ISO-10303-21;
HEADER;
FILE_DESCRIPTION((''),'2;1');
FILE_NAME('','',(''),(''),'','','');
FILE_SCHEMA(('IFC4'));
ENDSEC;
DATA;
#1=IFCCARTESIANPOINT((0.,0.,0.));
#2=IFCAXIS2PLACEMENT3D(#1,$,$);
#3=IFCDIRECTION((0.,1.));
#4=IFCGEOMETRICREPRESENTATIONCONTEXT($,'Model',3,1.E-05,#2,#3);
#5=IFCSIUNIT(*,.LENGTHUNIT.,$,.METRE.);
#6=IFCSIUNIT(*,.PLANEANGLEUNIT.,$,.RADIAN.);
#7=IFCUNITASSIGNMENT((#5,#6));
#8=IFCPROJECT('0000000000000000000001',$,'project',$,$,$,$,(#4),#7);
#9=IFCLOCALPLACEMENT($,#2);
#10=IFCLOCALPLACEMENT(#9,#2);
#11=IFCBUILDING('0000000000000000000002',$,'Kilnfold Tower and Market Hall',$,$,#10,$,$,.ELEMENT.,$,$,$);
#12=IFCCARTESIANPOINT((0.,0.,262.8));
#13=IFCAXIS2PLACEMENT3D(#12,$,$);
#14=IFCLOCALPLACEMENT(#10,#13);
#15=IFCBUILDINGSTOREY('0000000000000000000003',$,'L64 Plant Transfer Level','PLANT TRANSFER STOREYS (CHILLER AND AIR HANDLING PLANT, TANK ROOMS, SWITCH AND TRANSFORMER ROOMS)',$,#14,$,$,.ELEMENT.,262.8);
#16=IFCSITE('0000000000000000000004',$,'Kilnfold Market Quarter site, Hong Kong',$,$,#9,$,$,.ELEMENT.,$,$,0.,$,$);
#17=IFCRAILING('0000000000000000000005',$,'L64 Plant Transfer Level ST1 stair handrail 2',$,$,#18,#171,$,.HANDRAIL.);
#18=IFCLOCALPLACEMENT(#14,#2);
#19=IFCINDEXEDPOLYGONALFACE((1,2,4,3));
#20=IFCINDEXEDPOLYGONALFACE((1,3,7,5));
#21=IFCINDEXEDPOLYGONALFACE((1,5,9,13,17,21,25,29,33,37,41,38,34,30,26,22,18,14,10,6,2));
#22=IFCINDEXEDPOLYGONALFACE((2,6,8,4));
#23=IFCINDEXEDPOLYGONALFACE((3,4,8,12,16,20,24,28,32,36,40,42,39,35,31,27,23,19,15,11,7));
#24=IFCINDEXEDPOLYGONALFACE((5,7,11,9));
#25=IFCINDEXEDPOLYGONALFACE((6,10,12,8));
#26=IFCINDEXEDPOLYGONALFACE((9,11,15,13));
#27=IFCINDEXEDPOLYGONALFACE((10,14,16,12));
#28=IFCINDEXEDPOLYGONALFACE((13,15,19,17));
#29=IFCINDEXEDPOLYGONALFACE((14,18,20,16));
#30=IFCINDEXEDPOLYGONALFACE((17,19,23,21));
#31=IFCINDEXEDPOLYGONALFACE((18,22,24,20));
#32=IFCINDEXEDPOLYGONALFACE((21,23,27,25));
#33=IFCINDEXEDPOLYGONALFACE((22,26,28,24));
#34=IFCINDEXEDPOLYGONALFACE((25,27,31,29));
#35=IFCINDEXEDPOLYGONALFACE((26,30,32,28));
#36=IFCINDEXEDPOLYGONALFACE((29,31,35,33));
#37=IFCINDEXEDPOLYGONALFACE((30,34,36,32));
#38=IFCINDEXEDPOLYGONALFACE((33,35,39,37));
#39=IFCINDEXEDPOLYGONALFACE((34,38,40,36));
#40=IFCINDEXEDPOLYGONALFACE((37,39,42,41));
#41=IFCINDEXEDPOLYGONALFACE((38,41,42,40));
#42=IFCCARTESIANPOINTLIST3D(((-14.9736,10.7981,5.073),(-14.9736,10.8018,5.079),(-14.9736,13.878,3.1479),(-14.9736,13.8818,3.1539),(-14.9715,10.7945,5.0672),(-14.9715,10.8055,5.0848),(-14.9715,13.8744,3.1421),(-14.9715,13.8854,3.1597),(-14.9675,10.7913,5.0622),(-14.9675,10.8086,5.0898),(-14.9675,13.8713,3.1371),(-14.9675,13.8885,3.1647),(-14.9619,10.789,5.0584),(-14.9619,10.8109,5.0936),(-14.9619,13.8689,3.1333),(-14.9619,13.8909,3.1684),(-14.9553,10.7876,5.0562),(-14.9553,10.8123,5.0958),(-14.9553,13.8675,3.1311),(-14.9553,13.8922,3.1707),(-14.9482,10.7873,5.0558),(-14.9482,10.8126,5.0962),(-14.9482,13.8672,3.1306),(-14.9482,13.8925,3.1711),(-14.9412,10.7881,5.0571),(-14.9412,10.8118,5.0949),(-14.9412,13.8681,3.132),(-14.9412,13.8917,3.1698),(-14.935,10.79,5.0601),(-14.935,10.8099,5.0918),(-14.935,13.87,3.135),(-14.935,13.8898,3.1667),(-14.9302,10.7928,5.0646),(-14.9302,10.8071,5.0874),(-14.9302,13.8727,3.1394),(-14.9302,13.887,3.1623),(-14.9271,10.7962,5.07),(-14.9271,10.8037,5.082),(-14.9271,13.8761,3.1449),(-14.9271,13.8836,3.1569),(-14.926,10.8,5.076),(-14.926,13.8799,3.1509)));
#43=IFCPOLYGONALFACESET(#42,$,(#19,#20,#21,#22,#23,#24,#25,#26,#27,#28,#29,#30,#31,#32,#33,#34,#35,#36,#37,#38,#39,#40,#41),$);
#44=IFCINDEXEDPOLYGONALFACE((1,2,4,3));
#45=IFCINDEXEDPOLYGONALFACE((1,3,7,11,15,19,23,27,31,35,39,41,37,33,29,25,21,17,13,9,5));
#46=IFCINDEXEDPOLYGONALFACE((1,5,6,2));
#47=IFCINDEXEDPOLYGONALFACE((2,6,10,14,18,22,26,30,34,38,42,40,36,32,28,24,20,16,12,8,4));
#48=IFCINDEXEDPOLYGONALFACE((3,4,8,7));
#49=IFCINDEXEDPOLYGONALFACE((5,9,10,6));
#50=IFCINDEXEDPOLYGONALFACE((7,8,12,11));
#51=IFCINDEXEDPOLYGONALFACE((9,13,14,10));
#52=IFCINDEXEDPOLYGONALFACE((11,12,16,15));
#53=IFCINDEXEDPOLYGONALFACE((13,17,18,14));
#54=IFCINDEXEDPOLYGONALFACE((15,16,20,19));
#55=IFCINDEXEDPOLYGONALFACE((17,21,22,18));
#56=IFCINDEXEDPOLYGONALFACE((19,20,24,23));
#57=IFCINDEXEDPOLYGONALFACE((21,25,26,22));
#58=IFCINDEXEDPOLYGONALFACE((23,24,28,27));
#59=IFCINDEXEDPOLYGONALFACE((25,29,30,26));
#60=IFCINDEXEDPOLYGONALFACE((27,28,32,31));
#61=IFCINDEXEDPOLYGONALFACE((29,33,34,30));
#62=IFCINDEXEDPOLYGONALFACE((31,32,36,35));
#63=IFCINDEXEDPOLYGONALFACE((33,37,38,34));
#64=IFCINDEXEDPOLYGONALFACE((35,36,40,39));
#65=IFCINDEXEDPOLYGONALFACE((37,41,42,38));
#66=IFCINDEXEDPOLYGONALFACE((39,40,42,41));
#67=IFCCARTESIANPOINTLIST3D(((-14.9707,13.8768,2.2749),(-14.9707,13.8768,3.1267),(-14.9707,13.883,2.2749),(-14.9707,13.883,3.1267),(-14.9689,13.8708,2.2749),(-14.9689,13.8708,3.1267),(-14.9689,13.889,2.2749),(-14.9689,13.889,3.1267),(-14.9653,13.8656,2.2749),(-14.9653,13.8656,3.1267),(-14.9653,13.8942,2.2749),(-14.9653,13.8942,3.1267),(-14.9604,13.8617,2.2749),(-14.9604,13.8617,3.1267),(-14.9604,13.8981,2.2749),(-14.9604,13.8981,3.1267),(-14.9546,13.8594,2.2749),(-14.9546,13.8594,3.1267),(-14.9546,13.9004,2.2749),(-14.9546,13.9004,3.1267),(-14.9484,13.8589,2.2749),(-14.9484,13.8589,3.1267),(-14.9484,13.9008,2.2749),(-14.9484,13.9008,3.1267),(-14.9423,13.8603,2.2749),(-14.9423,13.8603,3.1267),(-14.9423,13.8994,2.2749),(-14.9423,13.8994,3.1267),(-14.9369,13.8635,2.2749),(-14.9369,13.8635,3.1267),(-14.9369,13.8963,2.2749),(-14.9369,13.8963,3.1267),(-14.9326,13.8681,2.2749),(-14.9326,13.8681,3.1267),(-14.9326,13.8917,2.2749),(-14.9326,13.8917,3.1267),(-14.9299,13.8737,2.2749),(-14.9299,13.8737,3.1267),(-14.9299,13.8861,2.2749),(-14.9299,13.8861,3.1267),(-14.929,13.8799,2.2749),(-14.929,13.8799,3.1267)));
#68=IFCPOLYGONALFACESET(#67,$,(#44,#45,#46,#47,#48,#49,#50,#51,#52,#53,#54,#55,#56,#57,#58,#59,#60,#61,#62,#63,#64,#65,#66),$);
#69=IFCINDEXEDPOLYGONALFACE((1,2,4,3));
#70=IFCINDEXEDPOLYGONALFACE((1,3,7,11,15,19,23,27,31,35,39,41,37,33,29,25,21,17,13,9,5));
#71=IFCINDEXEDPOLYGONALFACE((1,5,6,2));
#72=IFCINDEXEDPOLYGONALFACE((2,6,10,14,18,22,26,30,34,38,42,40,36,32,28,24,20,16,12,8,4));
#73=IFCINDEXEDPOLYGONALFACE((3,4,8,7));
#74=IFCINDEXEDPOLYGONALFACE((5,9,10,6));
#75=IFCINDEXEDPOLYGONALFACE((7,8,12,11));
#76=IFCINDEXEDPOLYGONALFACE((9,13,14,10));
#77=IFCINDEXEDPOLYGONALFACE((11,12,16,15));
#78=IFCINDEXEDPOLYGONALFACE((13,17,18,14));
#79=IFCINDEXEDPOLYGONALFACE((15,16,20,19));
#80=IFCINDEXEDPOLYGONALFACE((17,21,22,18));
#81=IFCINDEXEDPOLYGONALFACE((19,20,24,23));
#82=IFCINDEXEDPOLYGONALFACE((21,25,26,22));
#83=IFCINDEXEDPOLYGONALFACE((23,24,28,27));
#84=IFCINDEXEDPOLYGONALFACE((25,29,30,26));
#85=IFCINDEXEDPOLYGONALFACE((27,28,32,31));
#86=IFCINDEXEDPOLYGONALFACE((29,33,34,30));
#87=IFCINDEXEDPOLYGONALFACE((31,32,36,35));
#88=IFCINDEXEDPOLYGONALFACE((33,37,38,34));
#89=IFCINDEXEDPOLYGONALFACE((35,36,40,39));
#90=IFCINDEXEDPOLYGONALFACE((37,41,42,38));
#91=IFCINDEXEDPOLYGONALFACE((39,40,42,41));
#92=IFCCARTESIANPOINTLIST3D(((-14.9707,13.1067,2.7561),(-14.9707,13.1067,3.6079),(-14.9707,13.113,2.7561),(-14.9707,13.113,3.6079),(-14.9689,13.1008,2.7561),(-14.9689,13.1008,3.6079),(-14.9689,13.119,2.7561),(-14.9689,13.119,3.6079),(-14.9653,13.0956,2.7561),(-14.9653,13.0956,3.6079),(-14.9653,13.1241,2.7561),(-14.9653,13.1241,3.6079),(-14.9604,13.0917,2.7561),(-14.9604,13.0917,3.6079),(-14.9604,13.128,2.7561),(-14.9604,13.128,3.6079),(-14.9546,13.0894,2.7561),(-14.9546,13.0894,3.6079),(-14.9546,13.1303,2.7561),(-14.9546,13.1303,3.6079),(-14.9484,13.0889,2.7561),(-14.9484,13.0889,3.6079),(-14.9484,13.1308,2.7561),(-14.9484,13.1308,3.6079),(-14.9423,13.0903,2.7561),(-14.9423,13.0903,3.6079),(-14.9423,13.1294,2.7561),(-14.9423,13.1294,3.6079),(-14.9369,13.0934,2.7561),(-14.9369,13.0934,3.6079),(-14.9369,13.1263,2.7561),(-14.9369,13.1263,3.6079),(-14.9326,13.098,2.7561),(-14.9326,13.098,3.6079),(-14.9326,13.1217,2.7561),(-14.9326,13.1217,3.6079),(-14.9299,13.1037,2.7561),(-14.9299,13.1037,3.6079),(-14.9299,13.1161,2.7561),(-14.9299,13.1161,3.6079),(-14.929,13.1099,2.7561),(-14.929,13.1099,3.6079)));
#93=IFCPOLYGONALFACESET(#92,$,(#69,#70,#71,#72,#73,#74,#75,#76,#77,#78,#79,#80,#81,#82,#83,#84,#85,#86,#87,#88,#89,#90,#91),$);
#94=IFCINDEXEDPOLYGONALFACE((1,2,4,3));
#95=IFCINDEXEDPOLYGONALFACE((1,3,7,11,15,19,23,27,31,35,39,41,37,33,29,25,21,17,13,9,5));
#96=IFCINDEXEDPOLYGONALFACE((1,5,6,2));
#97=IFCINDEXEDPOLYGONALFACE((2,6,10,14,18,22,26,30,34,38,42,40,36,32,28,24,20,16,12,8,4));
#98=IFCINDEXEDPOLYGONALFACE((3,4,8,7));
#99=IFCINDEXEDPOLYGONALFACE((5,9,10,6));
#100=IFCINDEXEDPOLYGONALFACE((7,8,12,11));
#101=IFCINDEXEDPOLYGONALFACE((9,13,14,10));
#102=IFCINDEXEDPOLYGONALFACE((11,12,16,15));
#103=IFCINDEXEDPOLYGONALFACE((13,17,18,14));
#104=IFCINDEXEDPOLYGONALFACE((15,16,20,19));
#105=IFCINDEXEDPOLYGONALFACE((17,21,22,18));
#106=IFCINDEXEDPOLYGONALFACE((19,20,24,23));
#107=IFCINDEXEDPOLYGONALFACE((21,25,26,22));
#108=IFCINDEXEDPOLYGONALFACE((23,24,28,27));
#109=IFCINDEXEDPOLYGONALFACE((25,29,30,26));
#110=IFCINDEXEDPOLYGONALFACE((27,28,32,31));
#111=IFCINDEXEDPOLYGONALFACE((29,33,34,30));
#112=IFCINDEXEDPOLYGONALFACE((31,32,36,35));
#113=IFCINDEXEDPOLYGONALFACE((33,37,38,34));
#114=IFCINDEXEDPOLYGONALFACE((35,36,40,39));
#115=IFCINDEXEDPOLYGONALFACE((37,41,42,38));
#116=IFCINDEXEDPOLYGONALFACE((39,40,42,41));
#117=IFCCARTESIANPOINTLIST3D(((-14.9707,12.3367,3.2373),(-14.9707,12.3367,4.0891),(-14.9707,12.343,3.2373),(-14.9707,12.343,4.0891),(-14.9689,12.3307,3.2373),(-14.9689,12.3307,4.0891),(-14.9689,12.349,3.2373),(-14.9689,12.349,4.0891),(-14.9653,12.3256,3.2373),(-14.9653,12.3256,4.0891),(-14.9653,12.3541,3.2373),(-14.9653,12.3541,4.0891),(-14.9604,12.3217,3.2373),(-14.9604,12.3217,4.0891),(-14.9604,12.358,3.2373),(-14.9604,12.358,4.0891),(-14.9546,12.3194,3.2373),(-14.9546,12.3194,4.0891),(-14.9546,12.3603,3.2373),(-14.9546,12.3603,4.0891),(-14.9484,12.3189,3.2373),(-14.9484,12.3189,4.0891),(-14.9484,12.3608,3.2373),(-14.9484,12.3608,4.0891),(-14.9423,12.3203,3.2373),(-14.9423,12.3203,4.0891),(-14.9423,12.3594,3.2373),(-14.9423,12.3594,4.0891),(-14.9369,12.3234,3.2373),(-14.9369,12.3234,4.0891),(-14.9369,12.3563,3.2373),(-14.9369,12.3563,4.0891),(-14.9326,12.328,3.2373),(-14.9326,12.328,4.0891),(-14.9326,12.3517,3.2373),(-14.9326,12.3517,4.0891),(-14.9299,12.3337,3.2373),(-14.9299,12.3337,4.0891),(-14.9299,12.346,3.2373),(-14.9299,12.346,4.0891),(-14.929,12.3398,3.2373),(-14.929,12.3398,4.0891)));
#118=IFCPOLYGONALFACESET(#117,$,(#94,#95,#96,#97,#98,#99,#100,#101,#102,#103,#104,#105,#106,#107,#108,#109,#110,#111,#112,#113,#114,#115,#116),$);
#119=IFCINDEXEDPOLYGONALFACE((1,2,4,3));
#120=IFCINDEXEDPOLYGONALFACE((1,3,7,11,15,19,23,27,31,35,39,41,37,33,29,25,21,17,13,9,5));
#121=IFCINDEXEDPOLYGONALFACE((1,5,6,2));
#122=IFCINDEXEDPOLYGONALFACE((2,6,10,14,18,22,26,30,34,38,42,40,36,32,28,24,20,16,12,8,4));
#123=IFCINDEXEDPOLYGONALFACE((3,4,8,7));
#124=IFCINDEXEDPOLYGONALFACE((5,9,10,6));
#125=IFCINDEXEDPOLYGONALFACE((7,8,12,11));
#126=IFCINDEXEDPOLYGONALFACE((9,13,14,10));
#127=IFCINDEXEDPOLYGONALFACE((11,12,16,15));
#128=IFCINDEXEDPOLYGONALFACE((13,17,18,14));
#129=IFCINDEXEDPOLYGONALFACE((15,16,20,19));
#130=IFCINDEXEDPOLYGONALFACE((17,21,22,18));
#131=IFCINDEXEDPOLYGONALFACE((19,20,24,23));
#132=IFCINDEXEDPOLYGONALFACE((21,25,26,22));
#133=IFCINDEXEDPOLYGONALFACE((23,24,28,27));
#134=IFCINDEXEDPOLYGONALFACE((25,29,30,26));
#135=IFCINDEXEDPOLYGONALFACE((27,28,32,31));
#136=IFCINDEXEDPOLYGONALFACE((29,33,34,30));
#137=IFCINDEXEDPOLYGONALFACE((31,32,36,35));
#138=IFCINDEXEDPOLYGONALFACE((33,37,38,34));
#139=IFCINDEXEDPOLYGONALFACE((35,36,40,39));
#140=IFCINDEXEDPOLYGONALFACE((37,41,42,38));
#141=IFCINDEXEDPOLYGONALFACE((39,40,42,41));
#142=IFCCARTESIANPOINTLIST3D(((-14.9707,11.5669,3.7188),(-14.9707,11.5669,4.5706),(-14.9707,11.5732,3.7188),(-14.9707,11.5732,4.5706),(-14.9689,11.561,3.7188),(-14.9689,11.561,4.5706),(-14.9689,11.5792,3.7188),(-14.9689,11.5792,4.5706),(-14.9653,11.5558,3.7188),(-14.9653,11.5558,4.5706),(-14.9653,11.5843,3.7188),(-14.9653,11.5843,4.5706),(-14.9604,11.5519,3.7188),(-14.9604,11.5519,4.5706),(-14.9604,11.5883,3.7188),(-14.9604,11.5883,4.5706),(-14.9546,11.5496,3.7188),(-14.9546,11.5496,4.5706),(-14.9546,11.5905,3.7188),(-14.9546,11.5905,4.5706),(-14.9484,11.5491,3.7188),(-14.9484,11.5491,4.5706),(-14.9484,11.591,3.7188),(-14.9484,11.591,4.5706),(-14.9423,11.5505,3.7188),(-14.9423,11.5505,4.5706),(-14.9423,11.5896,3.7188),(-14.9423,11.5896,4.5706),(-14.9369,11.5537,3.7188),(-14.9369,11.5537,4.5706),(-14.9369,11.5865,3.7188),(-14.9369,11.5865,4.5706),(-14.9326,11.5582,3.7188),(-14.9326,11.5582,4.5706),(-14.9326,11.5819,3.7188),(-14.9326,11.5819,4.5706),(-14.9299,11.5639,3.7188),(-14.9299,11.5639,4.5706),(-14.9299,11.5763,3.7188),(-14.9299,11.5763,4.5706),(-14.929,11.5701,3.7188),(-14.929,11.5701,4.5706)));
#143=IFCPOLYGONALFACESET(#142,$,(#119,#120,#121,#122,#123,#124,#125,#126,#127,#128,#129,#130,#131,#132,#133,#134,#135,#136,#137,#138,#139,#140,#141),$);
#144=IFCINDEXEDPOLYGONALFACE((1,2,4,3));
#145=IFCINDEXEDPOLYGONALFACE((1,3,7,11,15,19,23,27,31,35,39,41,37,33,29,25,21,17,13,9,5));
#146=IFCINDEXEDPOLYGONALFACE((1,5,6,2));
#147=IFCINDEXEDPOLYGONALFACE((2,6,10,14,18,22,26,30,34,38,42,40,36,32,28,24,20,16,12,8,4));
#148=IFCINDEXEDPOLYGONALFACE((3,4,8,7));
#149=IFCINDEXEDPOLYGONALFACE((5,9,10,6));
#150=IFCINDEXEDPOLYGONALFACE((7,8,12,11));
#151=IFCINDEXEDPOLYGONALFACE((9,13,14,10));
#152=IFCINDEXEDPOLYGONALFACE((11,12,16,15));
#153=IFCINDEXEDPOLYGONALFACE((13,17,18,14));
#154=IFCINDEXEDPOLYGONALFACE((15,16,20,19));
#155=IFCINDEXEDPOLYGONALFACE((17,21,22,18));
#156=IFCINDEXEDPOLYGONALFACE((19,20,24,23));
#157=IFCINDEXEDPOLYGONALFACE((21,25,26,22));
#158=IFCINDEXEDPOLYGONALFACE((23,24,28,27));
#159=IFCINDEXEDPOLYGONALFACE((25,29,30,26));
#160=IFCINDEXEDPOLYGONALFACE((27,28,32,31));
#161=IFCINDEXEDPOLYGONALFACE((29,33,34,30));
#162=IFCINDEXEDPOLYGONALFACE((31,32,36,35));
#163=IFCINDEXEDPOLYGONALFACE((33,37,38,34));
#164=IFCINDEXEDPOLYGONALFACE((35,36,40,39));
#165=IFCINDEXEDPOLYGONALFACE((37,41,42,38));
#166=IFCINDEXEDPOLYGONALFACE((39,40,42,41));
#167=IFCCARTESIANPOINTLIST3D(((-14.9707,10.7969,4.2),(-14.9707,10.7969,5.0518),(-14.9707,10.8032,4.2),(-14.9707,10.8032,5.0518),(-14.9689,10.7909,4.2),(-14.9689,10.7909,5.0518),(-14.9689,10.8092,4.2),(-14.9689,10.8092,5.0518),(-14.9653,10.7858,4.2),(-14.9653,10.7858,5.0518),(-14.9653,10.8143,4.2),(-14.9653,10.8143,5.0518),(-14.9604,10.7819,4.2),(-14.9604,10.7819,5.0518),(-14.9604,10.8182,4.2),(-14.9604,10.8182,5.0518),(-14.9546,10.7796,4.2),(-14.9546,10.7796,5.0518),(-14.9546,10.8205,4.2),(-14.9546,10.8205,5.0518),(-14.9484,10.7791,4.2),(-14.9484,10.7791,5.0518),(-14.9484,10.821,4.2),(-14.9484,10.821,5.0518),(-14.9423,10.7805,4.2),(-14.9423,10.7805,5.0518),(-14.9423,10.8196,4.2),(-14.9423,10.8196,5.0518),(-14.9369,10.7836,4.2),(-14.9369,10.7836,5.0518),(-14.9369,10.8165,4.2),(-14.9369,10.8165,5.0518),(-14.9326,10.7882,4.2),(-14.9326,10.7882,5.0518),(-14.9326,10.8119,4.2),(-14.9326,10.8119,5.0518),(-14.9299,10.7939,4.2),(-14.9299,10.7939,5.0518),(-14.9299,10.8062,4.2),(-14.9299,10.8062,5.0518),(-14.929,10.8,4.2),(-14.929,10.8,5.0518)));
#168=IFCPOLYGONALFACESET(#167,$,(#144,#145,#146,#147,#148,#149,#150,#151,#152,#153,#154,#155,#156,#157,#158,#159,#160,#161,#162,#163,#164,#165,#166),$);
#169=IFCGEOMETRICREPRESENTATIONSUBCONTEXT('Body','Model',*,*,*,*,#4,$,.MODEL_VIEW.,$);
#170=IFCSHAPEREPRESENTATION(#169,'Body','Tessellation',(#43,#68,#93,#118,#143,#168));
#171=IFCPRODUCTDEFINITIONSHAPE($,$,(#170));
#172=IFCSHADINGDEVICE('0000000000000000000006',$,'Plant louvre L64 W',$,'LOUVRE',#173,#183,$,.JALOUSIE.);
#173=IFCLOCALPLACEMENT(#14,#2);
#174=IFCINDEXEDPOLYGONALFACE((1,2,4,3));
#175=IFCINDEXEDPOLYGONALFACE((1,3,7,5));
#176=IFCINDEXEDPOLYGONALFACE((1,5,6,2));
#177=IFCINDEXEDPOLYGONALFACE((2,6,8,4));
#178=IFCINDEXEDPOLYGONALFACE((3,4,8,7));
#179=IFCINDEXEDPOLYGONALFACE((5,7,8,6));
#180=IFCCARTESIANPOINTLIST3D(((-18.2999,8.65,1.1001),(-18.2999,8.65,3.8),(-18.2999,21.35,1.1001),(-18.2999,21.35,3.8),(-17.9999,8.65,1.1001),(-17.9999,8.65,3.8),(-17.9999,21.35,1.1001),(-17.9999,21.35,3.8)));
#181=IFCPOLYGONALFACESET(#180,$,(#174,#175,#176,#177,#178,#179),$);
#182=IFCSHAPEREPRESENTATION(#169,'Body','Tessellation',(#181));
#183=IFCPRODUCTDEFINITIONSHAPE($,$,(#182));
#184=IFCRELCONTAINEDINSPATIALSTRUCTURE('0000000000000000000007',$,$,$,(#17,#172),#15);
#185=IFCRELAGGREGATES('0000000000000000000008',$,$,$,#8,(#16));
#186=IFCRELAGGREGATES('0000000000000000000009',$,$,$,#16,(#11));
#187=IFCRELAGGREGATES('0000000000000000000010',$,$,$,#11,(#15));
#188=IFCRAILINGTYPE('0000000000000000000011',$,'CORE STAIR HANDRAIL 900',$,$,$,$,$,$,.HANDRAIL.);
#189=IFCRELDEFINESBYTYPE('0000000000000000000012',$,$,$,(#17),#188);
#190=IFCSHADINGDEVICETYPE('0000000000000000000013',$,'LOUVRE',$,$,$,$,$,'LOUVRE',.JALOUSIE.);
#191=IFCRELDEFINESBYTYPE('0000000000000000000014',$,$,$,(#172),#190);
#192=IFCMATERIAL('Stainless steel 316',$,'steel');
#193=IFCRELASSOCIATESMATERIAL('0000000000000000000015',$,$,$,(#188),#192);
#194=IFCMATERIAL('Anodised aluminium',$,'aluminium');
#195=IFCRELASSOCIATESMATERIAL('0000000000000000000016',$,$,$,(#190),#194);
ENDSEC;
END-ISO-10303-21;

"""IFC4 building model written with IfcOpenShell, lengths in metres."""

from ifc_helpers import new_model, si_unit, direction, frame, origin, origin_2d, place, context, subcontext, project, spatial, rectangle, circle, extrude, source, transform, mapped, material, type_object, element, save


model = new_model("IFC4")

# Units and contexts
model_context = context("Model", 3, precision=1e-05, world=origin(), true_north=direction((0.0, 1.0)))
body_context = subcontext(model_context, "Body", "Model", "MODEL_VIEW")
ifc_project = project(units=[si_unit("LENGTHUNIT", "METRE"), si_unit("PLANEANGLEUNIT", "RADIAN")], contexts=[model_context])

# Site, building, storey
site_placement = place(None, origin())
site = spatial("IfcSite", under=ifc_project, at=site_placement, Name="Kilnfold Market Quarter site, Hong Kong", CompositionType="ELEMENT", RefElevation=0.0)
building_placement = place(site_placement, origin())
building = spatial("IfcBuilding", under=site, at=building_placement, Name="Kilnfold Tower and Market Hall", CompositionType="ELEMENT")
storey_placement = place(building_placement, frame((0.0, 0.0, 262.8)))
storey = spatial("IfcBuildingStorey", under=building, at=storey_placement, Name="L64 Plant Transfer Level", Description="PLANT TRANSFER STOREYS (CHILLER AND AIR HANDLING PLANT, TANK ROOMS, SWITCH AND TRANSFORMER ROOMS)", CompositionType="ELEMENT", Elevation=262.8)

# Railing
ifc_material_1 = material(Name="Stainless steel 316", Category="steel")
railing_type_1 = type_object("IfcRailingType", Name="CORE STAIR HANDRAIL 900", PredefinedType="HANDRAIL", material=ifc_material_1)
railing_1_placement = place(storey_placement, frame((-14.95, 13.8799, 2.2749)))
element("IfcRailing", 1, at=railing_1_placement, inside=storey, type_object=railing_type_1, Name="L64 Plant Transfer Level ST1 stair handrail 2", PredefinedType="HANDRAIL", context=body_context, shape_type="SweptSolid", body=[
    extrude(circle(Radius=0.0239, at=origin_2d()), frame((0.0, 0.0, 0.876), z_axis=(0.0, -0.847979, 0.530029), x_axis=(1.0, 0.0, 0.0)), (0.0, 0.0, 1.0), 3.6321),
    extrude(circle(Radius=0.021, at=origin_2d()), origin(), (0.0, 0.0, 1.0), 0.8518),
    extrude(circle(Radius=0.021, at=origin_2d()), frame((0.0, -0.77, 0.4812)), (0.0, 0.0, 1.0), 0.8518),
    extrude(circle(Radius=0.021, at=origin_2d()), frame((0.0, -1.54, 0.9624)), (0.0, 0.0, 1.0), 0.8518),
    extrude(circle(Radius=0.021, at=origin_2d()), frame((0.0, -2.3098, 1.4438)), (0.0, 0.0, 1.0), 0.8518),
    extrude(circle(Radius=0.021, at=origin_2d()), frame((0.0, -3.0798, 1.925)), (0.0, 0.0, 1.0), 0.8518),
])

# Shading device
ifc_material_2 = material(Name="Anodised aluminium", Category="aluminium")
shading_device_type = type_object("IfcShadingDeviceType", Name="LOUVRE", ElementType="LOUVRE", PredefinedType="JALOUSIE", material=ifc_material_2)
shared_shape_1 = source(origin(), body_context, "Body", "SweptSolid", [
    extrude(rectangle(XDim=12.7, YDim=0.3, at=origin_2d()), origin(), (0.0, 0.0, 1.0), 2.7),
])
shading_device_placement = place(storey_placement, frame((-18.1499, 15.0, 1.1001), z_axis=(0.0, 0.0, 1.0), x_axis=(0.0, -1.0, 0.0)))
element("IfcShadingDevice", 2, at=shading_device_placement, inside=storey, type_object=shading_device_type, Name="Plant louvre L64 W", ObjectType="LOUVRE", PredefinedType="JALOUSIE", context=body_context, shape_type="MappedRepresentation", body=[
    mapped(shared_shape_1, transform((0.0, 0.0, 0.0))),
])

save(model, "model.ifc")
